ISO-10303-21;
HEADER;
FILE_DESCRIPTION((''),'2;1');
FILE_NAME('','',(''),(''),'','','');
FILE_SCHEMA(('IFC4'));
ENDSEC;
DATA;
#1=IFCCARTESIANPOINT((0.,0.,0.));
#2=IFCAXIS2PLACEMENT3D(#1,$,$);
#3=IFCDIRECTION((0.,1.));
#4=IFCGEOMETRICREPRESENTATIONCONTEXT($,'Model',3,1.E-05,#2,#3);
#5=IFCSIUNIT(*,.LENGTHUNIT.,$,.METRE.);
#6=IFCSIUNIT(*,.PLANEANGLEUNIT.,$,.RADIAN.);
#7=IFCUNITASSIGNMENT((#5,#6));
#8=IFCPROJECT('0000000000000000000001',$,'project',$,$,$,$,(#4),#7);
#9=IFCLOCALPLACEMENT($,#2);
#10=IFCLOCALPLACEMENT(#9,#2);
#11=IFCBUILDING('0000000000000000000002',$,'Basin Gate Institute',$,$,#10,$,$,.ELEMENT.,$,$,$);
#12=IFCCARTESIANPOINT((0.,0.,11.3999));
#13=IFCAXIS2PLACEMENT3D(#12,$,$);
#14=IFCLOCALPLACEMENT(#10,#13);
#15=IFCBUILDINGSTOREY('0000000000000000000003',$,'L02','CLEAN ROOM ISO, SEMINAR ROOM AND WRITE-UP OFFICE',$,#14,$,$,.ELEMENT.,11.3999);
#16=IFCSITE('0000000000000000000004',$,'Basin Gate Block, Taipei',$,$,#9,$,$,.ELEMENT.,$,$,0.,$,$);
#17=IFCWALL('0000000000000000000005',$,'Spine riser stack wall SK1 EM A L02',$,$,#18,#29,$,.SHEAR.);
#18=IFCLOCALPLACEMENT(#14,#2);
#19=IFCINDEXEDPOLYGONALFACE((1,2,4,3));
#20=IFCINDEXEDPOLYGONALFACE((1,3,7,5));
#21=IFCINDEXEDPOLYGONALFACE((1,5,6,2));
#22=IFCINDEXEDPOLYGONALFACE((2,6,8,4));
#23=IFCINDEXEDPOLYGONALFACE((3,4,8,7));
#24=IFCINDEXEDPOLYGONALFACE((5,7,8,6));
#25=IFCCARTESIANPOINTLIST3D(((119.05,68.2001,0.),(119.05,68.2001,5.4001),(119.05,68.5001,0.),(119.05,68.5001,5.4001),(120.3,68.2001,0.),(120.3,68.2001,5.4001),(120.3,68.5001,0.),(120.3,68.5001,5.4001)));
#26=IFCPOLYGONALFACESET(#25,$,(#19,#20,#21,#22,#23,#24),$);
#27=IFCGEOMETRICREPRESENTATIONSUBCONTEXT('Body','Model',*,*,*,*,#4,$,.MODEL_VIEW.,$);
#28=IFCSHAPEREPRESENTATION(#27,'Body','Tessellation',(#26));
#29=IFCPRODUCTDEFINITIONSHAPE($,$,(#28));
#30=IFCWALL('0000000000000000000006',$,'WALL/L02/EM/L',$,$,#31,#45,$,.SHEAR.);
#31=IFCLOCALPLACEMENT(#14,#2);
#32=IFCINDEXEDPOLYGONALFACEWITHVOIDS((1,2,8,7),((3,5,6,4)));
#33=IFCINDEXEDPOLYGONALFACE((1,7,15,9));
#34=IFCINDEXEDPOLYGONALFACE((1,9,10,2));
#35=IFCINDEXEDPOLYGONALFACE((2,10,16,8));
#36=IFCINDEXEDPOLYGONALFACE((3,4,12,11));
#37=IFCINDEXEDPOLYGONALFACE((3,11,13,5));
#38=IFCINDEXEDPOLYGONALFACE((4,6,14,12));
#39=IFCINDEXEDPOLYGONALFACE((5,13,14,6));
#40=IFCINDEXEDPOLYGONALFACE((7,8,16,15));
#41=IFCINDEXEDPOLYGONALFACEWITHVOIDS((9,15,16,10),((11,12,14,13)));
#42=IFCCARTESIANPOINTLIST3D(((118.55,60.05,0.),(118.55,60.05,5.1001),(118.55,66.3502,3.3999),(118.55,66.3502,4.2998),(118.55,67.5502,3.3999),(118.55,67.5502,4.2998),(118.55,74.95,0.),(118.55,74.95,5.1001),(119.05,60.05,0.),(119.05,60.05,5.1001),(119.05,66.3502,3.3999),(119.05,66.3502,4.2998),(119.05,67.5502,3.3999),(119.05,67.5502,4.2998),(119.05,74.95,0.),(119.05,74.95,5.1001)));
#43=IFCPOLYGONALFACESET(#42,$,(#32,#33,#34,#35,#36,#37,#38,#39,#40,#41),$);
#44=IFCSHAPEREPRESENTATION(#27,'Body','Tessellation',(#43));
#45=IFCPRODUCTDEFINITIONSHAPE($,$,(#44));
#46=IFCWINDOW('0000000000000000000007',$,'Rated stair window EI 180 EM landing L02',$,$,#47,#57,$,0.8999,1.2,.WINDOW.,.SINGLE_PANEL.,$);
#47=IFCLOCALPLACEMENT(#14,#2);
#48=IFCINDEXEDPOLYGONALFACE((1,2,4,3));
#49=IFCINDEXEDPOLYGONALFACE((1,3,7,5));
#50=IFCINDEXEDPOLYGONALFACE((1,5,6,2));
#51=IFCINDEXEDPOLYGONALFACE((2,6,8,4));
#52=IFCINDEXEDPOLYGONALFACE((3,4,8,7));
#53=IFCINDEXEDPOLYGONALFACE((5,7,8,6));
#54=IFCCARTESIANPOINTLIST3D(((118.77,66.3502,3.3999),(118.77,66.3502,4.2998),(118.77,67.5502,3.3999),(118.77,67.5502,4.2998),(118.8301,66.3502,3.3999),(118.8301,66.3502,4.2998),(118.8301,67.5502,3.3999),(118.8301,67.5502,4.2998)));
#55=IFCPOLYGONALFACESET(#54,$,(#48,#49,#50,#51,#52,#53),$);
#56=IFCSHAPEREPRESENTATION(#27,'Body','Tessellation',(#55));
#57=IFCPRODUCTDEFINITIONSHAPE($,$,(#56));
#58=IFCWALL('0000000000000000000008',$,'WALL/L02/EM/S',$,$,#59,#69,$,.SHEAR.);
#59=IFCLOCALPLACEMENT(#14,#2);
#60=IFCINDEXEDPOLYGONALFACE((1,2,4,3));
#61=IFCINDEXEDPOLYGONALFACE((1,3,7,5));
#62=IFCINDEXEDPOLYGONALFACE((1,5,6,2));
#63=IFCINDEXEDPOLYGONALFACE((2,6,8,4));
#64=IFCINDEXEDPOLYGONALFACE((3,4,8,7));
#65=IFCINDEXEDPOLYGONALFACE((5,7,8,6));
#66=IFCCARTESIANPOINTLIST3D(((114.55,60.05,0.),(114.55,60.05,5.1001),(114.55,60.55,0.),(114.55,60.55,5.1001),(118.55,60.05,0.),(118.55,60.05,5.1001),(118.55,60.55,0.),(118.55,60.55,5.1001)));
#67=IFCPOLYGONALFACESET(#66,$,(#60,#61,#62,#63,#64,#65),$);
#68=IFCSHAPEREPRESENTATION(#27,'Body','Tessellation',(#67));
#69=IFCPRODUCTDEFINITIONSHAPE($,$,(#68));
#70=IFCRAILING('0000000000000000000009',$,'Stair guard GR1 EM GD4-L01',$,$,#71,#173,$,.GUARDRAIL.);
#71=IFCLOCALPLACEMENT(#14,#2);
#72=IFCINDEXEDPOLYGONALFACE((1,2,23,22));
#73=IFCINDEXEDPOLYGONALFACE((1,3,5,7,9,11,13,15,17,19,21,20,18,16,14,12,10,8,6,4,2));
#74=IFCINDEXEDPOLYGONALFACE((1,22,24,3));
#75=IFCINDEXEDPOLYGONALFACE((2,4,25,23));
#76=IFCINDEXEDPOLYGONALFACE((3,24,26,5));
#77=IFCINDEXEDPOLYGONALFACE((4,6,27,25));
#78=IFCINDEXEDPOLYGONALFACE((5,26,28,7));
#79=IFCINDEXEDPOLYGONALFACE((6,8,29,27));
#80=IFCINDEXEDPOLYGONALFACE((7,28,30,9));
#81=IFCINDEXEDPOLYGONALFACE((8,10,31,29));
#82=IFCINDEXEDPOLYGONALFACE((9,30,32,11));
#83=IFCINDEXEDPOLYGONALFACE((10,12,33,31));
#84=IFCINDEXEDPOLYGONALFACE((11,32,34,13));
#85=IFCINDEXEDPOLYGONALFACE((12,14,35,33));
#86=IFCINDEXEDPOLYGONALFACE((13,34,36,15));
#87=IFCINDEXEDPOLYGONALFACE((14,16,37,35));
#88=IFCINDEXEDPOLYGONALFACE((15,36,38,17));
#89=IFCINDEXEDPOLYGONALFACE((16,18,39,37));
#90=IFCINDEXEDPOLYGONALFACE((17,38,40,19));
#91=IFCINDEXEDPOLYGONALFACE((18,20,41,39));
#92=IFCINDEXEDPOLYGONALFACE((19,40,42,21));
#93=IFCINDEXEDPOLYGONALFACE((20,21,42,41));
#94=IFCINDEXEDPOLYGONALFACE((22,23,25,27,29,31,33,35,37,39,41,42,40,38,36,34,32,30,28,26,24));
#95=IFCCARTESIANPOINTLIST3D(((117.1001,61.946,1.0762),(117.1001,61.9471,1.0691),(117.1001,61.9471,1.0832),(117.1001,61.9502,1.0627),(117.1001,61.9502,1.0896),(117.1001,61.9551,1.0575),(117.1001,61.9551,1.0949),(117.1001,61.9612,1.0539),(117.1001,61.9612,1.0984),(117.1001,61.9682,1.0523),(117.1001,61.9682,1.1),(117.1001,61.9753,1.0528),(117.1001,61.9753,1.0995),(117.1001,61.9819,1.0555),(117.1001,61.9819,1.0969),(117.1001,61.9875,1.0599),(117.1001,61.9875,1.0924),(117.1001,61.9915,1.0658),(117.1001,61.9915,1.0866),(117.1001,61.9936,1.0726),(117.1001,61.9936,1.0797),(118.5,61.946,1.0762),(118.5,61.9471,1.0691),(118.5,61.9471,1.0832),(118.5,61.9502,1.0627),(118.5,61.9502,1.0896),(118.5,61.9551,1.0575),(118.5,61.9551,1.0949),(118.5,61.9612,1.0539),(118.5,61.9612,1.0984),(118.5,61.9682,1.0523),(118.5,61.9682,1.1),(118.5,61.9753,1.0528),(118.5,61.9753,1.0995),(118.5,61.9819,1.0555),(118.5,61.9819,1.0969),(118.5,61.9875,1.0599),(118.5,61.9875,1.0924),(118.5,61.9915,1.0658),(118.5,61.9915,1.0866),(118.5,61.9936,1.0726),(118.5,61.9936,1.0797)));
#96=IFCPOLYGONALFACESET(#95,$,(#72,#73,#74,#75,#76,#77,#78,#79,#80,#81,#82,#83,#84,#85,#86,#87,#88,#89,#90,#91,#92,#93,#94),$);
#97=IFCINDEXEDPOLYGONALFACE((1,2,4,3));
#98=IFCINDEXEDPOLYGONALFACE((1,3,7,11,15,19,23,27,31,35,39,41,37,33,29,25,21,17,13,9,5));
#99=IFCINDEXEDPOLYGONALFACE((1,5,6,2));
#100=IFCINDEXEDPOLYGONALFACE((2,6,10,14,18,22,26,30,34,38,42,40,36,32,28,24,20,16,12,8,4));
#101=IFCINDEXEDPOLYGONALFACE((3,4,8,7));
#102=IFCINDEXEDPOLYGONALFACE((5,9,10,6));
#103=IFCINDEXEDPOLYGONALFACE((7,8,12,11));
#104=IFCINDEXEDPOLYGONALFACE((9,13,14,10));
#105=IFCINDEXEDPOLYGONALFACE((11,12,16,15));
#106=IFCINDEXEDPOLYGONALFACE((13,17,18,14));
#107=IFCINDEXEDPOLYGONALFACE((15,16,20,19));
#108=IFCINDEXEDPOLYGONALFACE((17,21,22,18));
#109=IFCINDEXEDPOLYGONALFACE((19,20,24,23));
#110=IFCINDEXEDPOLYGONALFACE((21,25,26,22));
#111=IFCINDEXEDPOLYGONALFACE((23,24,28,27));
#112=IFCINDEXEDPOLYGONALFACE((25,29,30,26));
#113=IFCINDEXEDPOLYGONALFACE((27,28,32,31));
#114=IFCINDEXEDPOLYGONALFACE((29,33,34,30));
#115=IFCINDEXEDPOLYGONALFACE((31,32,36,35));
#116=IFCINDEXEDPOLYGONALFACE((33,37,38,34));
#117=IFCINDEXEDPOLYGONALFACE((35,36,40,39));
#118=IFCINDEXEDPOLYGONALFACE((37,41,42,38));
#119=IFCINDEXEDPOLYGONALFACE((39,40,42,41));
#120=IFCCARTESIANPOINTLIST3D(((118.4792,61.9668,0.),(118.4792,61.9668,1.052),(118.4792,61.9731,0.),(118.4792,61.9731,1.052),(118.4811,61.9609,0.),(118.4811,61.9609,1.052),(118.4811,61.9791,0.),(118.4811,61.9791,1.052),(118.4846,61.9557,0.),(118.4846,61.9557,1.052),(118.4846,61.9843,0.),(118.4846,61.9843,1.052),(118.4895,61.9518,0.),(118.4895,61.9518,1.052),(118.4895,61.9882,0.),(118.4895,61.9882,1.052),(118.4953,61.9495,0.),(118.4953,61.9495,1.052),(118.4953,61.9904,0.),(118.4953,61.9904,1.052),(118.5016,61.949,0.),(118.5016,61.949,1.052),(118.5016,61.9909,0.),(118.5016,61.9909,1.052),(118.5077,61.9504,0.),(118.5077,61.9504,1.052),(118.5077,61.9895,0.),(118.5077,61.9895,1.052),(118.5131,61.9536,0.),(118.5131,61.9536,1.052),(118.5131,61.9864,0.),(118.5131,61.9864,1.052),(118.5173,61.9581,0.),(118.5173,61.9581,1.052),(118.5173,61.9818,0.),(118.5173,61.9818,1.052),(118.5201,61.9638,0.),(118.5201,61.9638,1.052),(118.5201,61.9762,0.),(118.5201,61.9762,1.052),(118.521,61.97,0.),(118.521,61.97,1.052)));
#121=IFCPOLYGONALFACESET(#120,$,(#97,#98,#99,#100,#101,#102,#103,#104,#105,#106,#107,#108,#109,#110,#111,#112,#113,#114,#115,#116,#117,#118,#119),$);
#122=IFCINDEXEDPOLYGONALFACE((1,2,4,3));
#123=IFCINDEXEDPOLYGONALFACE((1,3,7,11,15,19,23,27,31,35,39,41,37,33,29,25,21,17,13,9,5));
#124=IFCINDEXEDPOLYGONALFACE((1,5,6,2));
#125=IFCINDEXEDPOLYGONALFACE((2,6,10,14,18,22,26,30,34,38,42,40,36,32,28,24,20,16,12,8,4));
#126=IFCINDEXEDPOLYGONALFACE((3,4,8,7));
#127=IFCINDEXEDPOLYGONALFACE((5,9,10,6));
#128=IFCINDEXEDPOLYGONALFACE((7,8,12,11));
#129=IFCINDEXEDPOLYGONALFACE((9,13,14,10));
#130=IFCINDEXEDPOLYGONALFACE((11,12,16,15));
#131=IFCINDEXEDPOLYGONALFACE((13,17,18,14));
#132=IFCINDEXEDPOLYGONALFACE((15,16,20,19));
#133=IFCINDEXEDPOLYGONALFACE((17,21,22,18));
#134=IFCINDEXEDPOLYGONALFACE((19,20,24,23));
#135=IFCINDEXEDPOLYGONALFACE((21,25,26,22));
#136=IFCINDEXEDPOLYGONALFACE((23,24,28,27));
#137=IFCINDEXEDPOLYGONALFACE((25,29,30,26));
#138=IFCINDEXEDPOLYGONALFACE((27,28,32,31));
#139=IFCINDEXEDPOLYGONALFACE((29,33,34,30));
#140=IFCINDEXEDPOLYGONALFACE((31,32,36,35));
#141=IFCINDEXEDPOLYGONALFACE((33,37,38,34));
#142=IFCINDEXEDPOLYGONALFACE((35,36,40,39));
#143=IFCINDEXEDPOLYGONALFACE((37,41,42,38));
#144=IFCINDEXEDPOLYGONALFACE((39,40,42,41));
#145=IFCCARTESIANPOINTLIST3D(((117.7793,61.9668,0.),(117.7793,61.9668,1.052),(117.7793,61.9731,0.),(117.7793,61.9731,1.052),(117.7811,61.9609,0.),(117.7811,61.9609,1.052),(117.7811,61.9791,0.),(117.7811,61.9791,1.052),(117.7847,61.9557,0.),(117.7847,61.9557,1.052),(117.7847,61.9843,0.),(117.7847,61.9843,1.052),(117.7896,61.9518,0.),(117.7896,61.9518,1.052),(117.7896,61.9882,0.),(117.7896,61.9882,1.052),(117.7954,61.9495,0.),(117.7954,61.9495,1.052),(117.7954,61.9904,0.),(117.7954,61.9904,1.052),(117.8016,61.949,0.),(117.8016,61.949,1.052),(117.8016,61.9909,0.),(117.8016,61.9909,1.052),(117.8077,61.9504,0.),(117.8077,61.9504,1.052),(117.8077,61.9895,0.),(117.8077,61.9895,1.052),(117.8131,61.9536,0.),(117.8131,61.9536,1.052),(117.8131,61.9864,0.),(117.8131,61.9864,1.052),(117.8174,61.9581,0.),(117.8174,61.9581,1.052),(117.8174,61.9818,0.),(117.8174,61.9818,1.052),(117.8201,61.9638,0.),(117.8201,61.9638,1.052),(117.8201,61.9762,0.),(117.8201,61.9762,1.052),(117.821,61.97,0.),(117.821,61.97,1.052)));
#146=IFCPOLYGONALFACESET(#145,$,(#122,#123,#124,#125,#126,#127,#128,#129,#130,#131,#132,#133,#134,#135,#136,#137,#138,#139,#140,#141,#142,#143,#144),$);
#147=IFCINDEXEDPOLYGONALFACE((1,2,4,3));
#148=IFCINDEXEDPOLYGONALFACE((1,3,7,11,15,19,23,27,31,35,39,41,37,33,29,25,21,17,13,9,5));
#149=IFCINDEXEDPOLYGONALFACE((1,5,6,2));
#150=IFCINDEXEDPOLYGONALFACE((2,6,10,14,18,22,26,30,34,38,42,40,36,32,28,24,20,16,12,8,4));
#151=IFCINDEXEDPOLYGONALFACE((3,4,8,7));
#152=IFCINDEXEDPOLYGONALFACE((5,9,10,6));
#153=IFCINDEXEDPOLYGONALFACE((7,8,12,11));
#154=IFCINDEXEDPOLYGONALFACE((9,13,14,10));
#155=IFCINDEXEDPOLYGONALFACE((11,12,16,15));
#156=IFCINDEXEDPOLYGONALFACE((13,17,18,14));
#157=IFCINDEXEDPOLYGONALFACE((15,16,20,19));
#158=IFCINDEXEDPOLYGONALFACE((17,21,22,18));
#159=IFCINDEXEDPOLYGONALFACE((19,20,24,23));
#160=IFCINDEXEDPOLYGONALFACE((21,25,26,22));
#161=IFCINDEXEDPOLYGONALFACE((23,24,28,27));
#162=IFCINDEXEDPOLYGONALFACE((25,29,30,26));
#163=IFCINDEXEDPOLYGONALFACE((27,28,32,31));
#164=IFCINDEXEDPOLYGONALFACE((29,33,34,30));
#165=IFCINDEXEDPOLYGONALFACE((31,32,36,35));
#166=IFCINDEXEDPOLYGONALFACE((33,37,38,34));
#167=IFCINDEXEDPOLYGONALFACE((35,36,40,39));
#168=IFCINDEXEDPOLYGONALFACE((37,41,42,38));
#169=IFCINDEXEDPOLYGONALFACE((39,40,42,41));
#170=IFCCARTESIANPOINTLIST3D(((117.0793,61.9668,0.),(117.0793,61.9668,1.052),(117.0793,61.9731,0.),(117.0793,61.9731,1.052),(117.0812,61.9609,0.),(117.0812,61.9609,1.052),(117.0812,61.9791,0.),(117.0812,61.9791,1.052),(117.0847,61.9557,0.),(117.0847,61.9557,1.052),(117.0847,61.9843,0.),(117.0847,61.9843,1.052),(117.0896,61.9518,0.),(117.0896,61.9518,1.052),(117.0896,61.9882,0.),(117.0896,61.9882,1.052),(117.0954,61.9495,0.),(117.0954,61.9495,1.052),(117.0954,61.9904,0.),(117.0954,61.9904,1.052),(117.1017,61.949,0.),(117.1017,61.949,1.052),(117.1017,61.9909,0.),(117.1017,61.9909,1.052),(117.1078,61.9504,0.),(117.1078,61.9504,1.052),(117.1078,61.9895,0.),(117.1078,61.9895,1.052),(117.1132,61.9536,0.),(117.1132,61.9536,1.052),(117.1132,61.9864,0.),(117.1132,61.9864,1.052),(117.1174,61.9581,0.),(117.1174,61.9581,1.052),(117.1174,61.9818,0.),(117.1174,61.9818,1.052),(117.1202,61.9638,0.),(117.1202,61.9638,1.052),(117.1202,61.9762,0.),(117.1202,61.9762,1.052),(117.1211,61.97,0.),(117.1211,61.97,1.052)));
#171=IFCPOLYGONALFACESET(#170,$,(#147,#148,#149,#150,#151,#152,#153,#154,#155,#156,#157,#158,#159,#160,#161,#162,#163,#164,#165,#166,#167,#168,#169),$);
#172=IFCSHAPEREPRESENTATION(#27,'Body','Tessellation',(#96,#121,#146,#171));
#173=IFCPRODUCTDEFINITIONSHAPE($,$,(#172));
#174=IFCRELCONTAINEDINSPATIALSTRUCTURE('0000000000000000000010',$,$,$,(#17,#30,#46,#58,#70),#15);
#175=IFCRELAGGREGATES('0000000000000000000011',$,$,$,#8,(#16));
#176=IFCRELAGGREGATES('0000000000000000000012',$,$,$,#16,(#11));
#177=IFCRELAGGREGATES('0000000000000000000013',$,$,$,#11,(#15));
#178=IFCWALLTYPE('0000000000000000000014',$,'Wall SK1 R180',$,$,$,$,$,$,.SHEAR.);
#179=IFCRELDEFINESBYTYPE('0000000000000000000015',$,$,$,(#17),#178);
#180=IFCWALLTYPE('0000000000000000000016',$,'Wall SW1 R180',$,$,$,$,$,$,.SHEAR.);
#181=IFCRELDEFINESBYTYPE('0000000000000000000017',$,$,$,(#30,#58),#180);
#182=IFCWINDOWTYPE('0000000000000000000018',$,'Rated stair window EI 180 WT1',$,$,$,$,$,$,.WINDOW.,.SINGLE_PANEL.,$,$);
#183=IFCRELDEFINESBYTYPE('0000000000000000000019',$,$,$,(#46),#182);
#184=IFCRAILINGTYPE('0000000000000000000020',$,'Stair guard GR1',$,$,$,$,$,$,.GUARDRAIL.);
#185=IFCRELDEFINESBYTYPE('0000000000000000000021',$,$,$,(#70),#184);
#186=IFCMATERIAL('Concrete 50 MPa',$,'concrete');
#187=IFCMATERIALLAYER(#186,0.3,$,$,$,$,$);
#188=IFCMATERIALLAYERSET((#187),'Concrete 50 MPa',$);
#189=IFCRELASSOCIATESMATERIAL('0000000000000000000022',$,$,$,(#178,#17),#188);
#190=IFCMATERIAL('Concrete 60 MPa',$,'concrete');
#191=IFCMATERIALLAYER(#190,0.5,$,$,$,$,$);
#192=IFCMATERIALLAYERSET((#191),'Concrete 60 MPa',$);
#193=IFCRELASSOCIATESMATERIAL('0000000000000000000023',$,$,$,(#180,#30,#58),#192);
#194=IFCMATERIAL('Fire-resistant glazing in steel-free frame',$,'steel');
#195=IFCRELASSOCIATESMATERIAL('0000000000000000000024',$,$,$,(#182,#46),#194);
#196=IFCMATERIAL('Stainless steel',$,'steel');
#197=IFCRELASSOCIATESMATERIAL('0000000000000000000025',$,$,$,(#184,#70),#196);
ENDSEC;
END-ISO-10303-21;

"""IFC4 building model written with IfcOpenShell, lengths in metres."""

from ifc_helpers import new_model, si_unit, direction, frame, frame_2d, origin, origin_2d, place, context, subcontext, project, spatial, rectangle, circle, extrude, material, layer, layer_set, type_object, element, fill, save


model = new_model("IFC4")

# Units and contexts
model_context = context("Model", 3, precision=1e-05, world=origin(), true_north=direction((0.0, 1.0)))
body_context = subcontext(model_context, "Body", "Model", "MODEL_VIEW")
ifc_project = project(units=[si_unit("LENGTHUNIT", "METRE"), si_unit("PLANEANGLEUNIT", "RADIAN")], contexts=[model_context])

# Site, building, storey
site_placement = place(None, origin())
site = spatial("IfcSite", under=ifc_project, at=site_placement, Name="Basin Gate Block, Taipei", CompositionType="ELEMENT", RefElevation=0.0)
building_placement = place(site_placement, origin())
building = spatial("IfcBuilding", under=site, at=building_placement, Name="Basin Gate Institute", CompositionType="ELEMENT")
storey_placement = place(building_placement, frame((0.0, 0.0, 11.3999)))
storey = spatial("IfcBuildingStorey", under=building, at=storey_placement, Name="L02", Description="CLEAN ROOM ISO, SEMINAR ROOM AND WRITE-UP OFFICE", CompositionType="ELEMENT", Elevation=11.3999)

# Shared definitions
ifc_material_1 = material(Name="Concrete 50 MPa", Category="concrete")
ifc_layer_1 = layer(ifc_material_1, 0.3)
ifc_layer_set_1 = layer_set([ifc_layer_1], Name="Concrete 50 MPa")
wall_type_1 = type_object("IfcWallType", Name="Wall SK1 R180", PredefinedType="SHEAR", material=ifc_layer_set_1)

# Wall
wall_1_placement = place(storey_placement, frame((119.05, 68.3501, 0.0), z_axis=(0.0, 0.0, 1.0), x_axis=(1.0, 0.0, 0.0)))
element("IfcWall", 1, at=wall_1_placement, inside=storey, type_object=wall_type_1, material=ifc_layer_set_1, Name="Spine riser stack wall SK1 EM A L02", PredefinedType="SHEAR", context=body_context, shape_type="SweptSolid", body=[
    extrude(rectangle(XDim=1.25, YDim=0.3, at=frame_2d((0.625, 0.0))), origin(), (0.0, 0.0, 1.0), 5.4001),
])

# Wall, opening, window
ifc_material_2 = material(Name="Concrete 60 MPa", Category="concrete")
ifc_layer_2 = layer(ifc_material_2, 0.5)
ifc_layer_set_2 = layer_set([ifc_layer_2], Name="Concrete 60 MPa")
wall_type_2 = type_object("IfcWallType", Name="Wall SW1 R180", PredefinedType="SHEAR", material=ifc_layer_set_2)
wall_2_placement = place(storey_placement, frame((118.8, 60.05, 0.0), z_axis=(0.0, 0.0, 1.0), x_axis=(0.0, 1.0, 0.0)))
wall_2 = element("IfcWall", 2, at=wall_2_placement, inside=storey, type_object=wall_type_2, material=ifc_layer_set_2, Name="WALL/L02/EM/L", PredefinedType="SHEAR", context=body_context, shape_type="SweptSolid", body=[
    extrude(rectangle(XDim=14.8999, YDim=0.5, at=frame_2d((7.45, 0.0))), origin(), (0.0, 0.0, 1.0), 5.1001),
])
opening_1_placement = place(wall_2_placement, frame((6.3, 0.0, 3.3999)))
opening_1 = element("IfcOpeningElement", 3, at=opening_1_placement, cuts=wall_2, PredefinedType="OPENING", context=body_context, shape_type="SweptSolid", body=[
    extrude(rectangle(XDim=1.2, YDim=0.8999, at=frame_2d((0.6001, 0.45))), frame((0.0, 0.26, 0.0), z_axis=(0.0, -1.0, 0.0), x_axis=(1.0, 0.0, 0.0)), (0.0, 0.0, 1.0), 0.52),
])
ifc_material_3 = material(Name="Fire-resistant glazing in steel-free frame", Category="steel")
window_type_1 = type_object("IfcWindowType", Name="Rated stair window EI 180 WT1", PartitioningType="SINGLE_PANEL", PredefinedType="WINDOW", material=ifc_material_3)
window_1_placement = place(opening_1_placement, origin())
window_1 = element("IfcWindow", 4, at=window_1_placement, inside=storey, type_object=window_type_1, material=ifc_material_3, Name="Rated stair window EI 180 EM landing L02", OverallHeight=0.8999, OverallWidth=1.2, PartitioningType="SINGLE_PANEL", PredefinedType="WINDOW", context=body_context, shape_type="SweptSolid", body=[
    extrude(rectangle(XDim=1.2, YDim=0.8999, at=frame_2d((0.6001, 0.45))), frame((0.0, 0.03, 0.0), z_axis=(0.0, -1.0, 0.0), x_axis=(1.0, 0.0, 0.0)), (0.0, 0.0, 1.0), 0.0601),
])
fill(opening_1, window_1)

# Wall
wall_3_placement = place(storey_placement, frame((118.55, 60.3, 0.0), z_axis=(0.0, 0.0, 1.0), x_axis=(-1.0, 0.0, 0.0)))
element("IfcWall", 5, at=wall_3_placement, inside=storey, type_object=wall_type_2, material=ifc_layer_set_2, Name="WALL/L02/EM/S", PredefinedType="SHEAR", context=body_context, shape_type="SweptSolid", body=[
    extrude(rectangle(XDim=4.0, YDim=0.5, at=frame_2d((2.0, 0.0))), origin(), (0.0, 0.0, 1.0), 5.1001),
])

# Railing
ifc_material_4 = material(Name="Stainless steel", Category="steel")
railing_type_1 = type_object("IfcRailingType", Name="Stair guard GR1", PredefinedType="GUARDRAIL", material=ifc_material_4)
railing_1_placement = place(storey_placement, frame((118.5, 61.97, 0.0)))
element("IfcRailing", 6, at=railing_1_placement, inside=storey, type_object=railing_type_1, material=ifc_material_4, Name="Stair guard GR1 EM GD4-L01", PredefinedType="GUARDRAIL", context=body_context, shape_type="SweptSolid", body=[
    extrude(circle(Radius=0.0239, at=origin_2d()), frame((0.0, 0.0, 1.0762), z_axis=(-1.0, 0.0, 0.0), x_axis=(0.0, -1.0, 0.0)), (0.0, 0.0, 1.0), 1.3999),
    extrude(circle(Radius=0.021, at=origin_2d()), origin(), (0.0, 0.0, 1.0), 1.052),
    extrude(circle(Radius=0.021, at=origin_2d()), frame((-0.7, 0.0, 0.0)), (0.0, 0.0, 1.0), 1.052),
    extrude(circle(Radius=0.021, at=origin_2d()), frame((-1.3999, 0.0, 0.0)), (0.0, 0.0, 1.0), 1.052),
])

save(model, "model.ifc")
